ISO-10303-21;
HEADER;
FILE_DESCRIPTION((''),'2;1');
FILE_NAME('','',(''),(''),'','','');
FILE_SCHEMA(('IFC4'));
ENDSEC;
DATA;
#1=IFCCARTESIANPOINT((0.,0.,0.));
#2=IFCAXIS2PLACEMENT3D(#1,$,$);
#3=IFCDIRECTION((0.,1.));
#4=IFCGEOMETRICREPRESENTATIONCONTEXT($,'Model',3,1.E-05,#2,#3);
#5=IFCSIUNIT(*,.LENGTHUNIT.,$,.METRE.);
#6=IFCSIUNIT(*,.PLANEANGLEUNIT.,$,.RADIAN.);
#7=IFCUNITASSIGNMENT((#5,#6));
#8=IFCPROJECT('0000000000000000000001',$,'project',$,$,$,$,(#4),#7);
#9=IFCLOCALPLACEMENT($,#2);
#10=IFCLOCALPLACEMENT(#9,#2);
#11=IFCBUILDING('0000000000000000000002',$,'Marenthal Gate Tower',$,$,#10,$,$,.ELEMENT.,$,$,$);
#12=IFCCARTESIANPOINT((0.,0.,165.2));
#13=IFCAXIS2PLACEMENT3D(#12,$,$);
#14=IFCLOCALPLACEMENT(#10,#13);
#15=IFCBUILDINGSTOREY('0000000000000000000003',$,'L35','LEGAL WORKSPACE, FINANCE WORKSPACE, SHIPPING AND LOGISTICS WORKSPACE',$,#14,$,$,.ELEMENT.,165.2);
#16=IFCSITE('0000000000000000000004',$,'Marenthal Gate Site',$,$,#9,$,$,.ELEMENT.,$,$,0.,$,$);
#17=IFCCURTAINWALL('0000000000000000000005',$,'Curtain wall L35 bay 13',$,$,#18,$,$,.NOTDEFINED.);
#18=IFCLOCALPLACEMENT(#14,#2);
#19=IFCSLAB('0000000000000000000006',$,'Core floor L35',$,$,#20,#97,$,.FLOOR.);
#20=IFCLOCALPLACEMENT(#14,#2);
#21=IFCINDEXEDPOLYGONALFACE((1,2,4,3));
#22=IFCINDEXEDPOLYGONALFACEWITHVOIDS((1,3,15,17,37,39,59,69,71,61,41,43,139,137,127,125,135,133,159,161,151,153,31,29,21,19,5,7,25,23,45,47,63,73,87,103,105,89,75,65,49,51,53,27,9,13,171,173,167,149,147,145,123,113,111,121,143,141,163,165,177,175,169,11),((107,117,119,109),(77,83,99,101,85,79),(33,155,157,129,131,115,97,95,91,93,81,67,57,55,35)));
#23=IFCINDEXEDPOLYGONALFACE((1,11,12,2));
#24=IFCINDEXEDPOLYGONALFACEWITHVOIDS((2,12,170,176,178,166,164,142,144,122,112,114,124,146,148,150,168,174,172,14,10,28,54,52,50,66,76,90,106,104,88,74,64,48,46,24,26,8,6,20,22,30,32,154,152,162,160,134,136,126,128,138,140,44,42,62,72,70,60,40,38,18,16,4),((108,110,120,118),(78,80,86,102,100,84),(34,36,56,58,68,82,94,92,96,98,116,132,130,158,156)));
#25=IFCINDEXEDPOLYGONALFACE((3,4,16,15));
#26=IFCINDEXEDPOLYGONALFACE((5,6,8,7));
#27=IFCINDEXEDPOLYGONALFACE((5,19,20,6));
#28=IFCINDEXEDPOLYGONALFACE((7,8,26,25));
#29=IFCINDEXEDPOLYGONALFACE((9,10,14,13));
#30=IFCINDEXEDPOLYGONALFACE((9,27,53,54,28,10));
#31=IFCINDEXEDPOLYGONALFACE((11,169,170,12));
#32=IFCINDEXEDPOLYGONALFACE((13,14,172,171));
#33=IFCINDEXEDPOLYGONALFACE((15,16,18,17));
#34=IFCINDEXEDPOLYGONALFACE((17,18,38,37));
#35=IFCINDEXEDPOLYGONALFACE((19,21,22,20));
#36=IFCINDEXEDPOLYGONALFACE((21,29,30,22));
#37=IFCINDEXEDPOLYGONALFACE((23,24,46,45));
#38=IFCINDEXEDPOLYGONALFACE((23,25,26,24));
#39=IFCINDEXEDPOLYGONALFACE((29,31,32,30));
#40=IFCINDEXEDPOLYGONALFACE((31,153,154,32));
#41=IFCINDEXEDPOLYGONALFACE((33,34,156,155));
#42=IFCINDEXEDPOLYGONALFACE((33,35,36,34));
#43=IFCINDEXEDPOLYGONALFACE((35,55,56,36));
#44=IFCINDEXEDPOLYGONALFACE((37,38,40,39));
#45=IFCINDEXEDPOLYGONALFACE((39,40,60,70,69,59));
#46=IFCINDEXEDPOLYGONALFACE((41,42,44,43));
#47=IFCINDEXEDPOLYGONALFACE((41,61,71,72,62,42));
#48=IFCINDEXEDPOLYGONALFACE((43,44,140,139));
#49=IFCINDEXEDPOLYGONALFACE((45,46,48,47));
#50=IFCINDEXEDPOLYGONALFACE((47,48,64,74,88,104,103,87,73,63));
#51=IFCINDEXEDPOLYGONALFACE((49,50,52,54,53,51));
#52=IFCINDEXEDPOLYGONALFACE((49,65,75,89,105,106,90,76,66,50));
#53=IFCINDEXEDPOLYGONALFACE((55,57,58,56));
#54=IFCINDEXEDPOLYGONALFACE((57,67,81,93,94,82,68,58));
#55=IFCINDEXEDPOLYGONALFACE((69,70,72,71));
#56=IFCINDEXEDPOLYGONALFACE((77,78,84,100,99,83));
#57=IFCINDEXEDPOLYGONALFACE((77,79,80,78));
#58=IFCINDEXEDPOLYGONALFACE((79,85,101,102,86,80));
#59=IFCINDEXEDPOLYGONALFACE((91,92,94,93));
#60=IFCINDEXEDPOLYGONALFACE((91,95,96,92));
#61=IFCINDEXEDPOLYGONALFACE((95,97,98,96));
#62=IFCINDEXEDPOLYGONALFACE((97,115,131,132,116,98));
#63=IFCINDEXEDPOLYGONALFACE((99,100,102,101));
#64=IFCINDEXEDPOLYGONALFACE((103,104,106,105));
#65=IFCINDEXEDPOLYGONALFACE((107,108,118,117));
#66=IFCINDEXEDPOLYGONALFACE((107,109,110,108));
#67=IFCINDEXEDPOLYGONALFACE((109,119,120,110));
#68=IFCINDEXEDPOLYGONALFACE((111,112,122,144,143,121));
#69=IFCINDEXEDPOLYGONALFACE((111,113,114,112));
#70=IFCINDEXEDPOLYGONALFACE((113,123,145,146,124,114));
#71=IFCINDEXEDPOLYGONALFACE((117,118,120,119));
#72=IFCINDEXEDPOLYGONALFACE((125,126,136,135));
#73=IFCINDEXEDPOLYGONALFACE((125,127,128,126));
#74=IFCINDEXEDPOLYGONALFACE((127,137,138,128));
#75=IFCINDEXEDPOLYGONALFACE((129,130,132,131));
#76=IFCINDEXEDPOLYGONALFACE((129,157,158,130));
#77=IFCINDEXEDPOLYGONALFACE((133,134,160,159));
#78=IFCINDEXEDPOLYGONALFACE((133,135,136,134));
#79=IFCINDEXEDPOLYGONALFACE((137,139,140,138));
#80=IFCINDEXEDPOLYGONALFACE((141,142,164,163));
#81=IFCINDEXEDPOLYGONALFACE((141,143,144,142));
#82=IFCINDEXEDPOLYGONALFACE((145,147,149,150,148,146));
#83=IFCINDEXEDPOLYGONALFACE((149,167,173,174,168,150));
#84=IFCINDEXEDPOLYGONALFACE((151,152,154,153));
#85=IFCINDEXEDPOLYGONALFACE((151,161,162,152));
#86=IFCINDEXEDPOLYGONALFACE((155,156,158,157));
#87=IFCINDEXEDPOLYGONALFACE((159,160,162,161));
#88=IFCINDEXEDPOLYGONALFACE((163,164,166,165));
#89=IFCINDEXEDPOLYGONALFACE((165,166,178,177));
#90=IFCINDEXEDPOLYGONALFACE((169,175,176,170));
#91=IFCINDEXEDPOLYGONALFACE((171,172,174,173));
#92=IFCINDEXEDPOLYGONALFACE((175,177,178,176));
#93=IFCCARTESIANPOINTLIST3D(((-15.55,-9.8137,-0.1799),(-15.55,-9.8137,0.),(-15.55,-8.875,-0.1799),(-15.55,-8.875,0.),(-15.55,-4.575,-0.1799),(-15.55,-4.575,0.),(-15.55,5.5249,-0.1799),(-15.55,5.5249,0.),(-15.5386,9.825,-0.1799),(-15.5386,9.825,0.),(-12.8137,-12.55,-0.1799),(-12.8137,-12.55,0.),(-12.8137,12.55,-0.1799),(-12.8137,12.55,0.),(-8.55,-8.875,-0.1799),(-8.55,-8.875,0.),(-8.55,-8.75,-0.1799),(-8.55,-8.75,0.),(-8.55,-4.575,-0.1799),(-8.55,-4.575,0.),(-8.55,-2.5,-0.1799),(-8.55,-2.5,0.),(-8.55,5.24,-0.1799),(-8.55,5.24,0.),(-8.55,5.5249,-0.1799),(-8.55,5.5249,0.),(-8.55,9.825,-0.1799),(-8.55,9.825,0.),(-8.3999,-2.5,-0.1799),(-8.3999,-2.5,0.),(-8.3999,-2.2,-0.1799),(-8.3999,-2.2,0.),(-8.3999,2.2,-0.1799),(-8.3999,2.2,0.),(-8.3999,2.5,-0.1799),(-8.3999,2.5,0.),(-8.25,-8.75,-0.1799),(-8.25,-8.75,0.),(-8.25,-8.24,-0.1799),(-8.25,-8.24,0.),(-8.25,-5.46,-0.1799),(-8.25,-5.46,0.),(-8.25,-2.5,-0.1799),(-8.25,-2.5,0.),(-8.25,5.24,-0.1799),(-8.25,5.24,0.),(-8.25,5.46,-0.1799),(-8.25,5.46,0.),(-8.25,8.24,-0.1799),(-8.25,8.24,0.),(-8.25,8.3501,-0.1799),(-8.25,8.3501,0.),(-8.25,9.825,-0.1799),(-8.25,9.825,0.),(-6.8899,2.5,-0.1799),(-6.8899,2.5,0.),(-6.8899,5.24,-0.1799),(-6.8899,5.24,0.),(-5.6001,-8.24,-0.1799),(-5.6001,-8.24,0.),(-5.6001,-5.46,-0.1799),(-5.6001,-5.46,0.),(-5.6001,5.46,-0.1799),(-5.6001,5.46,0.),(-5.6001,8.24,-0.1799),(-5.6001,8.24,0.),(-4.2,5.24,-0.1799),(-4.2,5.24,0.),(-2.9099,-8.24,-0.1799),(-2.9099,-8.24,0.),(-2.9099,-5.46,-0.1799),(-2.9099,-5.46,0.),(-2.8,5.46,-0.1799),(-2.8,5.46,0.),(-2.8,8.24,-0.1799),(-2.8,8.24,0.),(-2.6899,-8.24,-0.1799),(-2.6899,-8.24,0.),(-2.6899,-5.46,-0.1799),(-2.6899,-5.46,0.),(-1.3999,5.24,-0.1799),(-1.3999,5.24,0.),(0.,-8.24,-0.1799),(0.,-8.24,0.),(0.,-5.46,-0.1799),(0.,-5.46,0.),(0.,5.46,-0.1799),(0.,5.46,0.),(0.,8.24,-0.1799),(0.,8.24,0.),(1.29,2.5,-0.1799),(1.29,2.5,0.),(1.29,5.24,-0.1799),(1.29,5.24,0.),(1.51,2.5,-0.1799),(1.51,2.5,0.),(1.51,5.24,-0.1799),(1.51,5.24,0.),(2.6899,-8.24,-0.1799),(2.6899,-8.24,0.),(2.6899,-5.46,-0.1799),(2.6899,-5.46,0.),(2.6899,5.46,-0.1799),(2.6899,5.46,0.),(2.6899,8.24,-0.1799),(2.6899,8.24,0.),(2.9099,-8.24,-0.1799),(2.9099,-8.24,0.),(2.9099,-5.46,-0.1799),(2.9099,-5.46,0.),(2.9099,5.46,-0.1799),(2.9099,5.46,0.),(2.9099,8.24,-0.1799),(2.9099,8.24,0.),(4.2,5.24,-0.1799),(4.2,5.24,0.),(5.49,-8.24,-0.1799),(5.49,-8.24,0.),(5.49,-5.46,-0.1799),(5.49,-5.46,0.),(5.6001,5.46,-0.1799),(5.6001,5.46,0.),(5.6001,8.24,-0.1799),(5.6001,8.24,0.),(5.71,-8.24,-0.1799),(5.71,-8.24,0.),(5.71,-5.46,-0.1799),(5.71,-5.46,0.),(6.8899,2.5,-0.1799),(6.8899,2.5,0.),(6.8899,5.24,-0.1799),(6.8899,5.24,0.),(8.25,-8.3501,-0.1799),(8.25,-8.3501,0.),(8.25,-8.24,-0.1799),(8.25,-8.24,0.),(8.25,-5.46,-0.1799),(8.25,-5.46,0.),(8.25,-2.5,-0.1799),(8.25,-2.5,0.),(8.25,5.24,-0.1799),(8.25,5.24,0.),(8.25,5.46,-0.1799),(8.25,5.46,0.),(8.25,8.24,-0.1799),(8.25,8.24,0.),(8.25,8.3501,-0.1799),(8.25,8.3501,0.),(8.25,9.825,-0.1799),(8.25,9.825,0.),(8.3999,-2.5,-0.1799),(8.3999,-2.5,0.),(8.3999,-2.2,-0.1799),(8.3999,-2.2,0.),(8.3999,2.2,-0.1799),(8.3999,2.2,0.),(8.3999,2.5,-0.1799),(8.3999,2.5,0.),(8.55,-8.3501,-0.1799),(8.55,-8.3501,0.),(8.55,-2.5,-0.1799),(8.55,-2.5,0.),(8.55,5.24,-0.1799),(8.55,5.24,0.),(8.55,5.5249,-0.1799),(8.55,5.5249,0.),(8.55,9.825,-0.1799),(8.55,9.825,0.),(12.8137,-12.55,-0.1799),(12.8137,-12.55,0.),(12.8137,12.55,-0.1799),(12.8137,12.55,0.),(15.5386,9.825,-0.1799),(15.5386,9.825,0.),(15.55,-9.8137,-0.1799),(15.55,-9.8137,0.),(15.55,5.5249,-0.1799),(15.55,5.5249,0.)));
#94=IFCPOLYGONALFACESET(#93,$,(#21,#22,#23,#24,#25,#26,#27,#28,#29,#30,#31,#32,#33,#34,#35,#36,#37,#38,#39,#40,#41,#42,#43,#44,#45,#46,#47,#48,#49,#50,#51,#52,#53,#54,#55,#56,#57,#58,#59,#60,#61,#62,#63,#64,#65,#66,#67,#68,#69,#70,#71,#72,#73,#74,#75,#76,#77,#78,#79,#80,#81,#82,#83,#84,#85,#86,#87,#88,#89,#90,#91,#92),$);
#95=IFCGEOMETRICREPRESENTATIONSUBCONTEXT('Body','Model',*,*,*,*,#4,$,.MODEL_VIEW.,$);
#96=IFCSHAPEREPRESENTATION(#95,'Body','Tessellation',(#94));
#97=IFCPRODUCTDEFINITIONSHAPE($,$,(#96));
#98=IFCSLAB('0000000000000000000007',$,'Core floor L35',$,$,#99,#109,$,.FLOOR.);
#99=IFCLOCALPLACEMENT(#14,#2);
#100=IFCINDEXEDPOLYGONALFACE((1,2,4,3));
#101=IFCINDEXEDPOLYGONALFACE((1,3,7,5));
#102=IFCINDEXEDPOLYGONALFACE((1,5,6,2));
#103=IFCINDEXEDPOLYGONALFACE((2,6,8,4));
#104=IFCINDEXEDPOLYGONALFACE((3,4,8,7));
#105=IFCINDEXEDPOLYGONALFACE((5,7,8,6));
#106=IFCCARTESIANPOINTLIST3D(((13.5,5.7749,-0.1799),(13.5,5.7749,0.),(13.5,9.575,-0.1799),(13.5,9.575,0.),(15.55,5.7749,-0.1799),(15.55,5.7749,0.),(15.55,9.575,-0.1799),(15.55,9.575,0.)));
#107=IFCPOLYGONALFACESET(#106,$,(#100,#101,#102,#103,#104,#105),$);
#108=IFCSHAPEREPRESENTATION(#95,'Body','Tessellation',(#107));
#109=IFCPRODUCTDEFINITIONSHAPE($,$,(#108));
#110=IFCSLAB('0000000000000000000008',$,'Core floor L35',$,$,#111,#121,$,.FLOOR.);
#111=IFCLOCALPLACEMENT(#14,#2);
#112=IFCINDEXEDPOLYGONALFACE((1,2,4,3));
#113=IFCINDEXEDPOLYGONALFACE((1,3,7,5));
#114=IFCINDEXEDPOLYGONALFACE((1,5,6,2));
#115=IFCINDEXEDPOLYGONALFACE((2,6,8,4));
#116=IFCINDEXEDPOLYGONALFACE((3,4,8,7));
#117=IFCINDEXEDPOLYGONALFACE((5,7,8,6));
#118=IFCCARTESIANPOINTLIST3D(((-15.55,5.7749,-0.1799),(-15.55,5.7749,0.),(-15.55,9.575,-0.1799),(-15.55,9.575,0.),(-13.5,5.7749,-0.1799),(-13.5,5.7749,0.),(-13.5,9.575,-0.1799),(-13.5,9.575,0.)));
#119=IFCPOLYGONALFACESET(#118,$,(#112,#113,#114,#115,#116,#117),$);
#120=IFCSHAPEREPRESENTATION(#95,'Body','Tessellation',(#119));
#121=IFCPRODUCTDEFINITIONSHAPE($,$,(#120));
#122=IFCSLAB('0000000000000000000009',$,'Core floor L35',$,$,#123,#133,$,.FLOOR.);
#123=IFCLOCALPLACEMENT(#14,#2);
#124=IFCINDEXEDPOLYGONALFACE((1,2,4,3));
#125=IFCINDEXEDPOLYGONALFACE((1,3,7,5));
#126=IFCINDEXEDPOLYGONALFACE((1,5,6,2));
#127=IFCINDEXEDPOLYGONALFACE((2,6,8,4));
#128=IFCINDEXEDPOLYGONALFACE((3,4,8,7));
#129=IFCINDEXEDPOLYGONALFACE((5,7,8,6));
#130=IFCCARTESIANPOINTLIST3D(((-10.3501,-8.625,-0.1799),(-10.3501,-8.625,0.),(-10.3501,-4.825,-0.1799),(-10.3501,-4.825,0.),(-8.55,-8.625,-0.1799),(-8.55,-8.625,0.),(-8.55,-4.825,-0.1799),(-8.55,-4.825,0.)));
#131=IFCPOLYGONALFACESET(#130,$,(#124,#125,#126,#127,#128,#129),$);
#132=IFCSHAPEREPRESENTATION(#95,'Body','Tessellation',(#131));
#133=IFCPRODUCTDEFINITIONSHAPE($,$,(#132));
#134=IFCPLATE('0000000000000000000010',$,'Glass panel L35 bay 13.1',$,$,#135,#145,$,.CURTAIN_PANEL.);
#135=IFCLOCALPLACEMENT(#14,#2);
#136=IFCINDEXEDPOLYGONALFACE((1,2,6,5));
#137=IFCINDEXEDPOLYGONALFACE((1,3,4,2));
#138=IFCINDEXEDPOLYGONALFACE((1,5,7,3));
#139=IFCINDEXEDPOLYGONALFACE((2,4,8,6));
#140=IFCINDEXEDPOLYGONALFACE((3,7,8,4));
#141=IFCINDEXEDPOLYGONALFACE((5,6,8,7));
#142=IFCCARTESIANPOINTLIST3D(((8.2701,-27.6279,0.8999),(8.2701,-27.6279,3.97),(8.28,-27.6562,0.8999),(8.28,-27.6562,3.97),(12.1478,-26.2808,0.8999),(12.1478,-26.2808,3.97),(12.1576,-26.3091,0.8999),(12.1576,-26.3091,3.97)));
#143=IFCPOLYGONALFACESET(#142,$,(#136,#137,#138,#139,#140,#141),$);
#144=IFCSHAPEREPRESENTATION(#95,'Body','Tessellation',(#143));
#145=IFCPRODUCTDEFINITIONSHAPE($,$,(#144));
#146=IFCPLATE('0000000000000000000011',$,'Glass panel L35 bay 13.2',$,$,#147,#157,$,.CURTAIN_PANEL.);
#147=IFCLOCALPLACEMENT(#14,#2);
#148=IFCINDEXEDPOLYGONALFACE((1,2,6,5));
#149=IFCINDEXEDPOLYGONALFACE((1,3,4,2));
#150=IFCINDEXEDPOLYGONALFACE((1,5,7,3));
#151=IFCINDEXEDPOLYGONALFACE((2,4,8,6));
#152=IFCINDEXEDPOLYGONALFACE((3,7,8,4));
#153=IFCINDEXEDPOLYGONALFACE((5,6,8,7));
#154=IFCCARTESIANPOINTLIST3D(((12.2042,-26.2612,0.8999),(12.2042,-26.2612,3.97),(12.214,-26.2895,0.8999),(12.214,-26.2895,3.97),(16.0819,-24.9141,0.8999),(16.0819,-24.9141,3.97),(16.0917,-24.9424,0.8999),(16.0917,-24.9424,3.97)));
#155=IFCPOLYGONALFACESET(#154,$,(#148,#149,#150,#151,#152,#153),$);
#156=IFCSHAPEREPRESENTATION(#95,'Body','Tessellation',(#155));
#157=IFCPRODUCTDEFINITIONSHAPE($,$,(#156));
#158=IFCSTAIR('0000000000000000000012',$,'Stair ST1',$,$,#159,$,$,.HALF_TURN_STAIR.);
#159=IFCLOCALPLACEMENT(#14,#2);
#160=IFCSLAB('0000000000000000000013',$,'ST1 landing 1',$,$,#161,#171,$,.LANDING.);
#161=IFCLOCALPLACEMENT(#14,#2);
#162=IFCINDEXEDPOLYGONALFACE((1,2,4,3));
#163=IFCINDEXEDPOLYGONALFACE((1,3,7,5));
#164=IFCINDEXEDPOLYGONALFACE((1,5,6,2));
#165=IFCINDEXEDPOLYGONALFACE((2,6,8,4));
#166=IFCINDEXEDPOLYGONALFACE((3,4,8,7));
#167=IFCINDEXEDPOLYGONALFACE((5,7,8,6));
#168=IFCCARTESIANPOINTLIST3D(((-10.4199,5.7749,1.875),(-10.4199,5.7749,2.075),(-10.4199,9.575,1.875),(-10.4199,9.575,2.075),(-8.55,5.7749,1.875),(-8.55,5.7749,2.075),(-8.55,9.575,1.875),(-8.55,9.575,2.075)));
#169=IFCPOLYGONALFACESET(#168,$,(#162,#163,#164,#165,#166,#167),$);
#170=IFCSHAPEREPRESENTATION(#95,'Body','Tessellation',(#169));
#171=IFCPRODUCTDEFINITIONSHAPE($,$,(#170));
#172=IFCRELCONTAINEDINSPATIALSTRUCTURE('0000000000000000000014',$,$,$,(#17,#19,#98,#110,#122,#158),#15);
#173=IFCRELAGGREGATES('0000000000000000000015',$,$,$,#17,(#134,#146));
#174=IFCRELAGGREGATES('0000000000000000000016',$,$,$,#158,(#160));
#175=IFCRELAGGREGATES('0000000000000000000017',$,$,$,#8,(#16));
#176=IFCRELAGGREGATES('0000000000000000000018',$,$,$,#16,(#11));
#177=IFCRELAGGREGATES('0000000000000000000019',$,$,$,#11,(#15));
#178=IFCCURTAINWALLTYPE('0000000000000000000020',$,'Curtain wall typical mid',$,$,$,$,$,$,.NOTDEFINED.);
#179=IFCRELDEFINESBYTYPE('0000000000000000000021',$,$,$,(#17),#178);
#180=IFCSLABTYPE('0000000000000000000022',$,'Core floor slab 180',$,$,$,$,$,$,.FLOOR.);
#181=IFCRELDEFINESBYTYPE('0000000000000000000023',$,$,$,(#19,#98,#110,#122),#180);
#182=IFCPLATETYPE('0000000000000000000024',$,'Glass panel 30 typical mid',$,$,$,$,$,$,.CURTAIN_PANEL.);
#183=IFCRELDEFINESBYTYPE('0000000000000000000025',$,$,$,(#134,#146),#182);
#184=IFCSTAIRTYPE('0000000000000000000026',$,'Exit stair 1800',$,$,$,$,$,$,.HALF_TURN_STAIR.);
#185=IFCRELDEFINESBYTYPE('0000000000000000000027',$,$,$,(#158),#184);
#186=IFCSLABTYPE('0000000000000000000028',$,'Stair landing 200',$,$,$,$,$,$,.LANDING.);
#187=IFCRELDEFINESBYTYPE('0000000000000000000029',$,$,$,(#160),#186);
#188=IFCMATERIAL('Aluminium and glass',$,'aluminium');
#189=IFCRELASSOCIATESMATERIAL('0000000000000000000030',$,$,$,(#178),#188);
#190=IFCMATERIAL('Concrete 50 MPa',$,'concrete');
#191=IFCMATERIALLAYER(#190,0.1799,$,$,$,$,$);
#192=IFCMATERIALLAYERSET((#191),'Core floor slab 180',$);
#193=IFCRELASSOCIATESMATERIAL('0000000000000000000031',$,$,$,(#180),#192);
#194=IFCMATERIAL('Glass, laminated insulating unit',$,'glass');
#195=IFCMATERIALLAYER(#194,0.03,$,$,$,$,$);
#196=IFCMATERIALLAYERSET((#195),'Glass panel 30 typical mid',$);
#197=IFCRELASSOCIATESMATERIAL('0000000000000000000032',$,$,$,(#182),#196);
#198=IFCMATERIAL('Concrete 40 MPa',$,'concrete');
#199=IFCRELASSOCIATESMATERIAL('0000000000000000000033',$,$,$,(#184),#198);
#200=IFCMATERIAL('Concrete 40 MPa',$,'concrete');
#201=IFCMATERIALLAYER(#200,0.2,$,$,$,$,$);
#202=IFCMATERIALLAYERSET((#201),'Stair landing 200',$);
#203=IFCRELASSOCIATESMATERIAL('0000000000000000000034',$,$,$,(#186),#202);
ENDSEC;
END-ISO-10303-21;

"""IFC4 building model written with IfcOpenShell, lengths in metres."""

from ifc_helpers import new_model, si_unit, direction, frame, origin, origin_2d, place, context, subcontext, project, spatial, polyline, rectangle, outline, extrude, material, layer, layer_set, type_object, element, aggregate, save


model = new_model("IFC4")

# Units and contexts
model_context = context("Model", 3, precision=1e-05, world=origin(), true_north=direction((0.0, 1.0)))
body_context = subcontext(model_context, "Body", "Model", "MODEL_VIEW")
ifc_project = project(units=[si_unit("LENGTHUNIT", "METRE"), si_unit("PLANEANGLEUNIT", "RADIAN")], contexts=[model_context])

# Site, building, storey
site_placement = place(None, origin())
site = spatial("IfcSite", under=ifc_project, at=site_placement, Name="Marenthal Gate Site", CompositionType="ELEMENT", RefElevation=0.0)
building_placement = place(site_placement, origin())
building = spatial("IfcBuilding", under=site, at=building_placement, Name="Marenthal Gate Tower", CompositionType="ELEMENT")
storey_placement = place(building_placement, frame((0.0, 0.0, 165.2)))
storey = spatial("IfcBuildingStorey", under=building, at=storey_placement, Name="L35", Description="LEGAL WORKSPACE, FINANCE WORKSPACE, SHIPPING AND LOGISTICS WORKSPACE", CompositionType="ELEMENT", Elevation=165.2)

# Curtain wall
ifc_material_1 = material(Name="Aluminium and glass", Category="aluminium")
curtain_wall_type = type_object("IfcCurtainWallType", Name="Curtain wall typical mid", PredefinedType="NOTDEFINED", material=ifc_material_1)
curtain_wall_placement = place(storey_placement, origin())
curtain_wall = element("IfcCurtainWall", 1, at=curtain_wall_placement, inside=storey, type_object=curtain_wall_type, Name="Curtain wall L35 bay 13", PredefinedType="NOTDEFINED")

# Slabs
ifc_material_2 = material(Name="Concrete 50 MPa", Category="concrete")
ifc_layer_1 = layer(ifc_material_2, 0.1799)
ifc_layer_set_1 = layer_set([ifc_layer_1], Name="Core floor slab 180")
slab_type_1 = type_object("IfcSlabType", Name="Core floor slab 180", PredefinedType="FLOOR", material=ifc_layer_set_1)
slab_1_placement = place(storey_placement, frame((0.0, 0.0, -0.1799)))
element("IfcSlab", 2, at=slab_1_placement, inside=storey, type_object=slab_type_1, Name="Core floor L35", PredefinedType="FLOOR", context=body_context, shape_type="SweptSolid", body=[
    extrude(outline(polyline([(12.8137, -12.55), (-12.8137, -12.55), (-15.55, -9.8137), (-15.55, -8.875), (-8.55, -8.875), (-8.55, -8.75), (-8.25, -8.75), (-8.25, -8.24), (-5.6001, -8.24), (-2.9099, -8.24), (-2.9099, -5.46), (-5.6001, -5.46), (-8.25, -5.46), (-8.25, -2.5), (8.25, -2.5), (8.25, -5.46), (5.71, -5.46), (5.71, -8.24), (8.25, -8.24), (8.25, -8.3501), (8.55, -8.3501), (8.55, -2.5), (8.3999, -2.5), (8.3999, -2.2), (-8.3999, -2.2), (-8.3999, -2.5), (-8.55, -2.5), (-8.55, -4.575), (-15.55, -4.575), (-15.55, 5.5249), (-8.55, 5.5249), (-8.55, 5.24), (-8.25, 5.24), (-8.25, 5.46), (-5.6001, 5.46), (-2.8, 5.46), (0.0, 5.46), (2.6899, 5.46), (2.6899, 8.24), (0.0, 8.24), (-2.8, 8.24), (-5.6001, 8.24), (-8.25, 8.24), (-8.25, 8.3501), (-8.25, 9.825), (-8.55, 9.825), (-15.5386, 9.825), (-12.8137, 12.55), (12.8137, 12.55), (15.5386, 9.825), (8.55, 9.825), (8.25, 9.825), (8.25, 8.3501), (8.25, 8.24), (5.6001, 8.24), (2.9099, 8.24), (2.9099, 5.46), (5.6001, 5.46), (8.25, 5.46), (8.25, 5.24), (8.55, 5.24), (8.55, 5.5249), (15.55, 5.5249), (15.55, -9.8137), (12.8137, -12.55)]), holes=[polyline([(2.6899, -8.24), (2.6899, -5.46), (0.0, -5.46), (-2.6899, -5.46), (-2.6899, -8.24), (0.0, -8.24), (2.6899, -8.24)]), polyline([(-6.8899, 5.24), (-6.8899, 2.5), (-8.3999, 2.5), (-8.3999, 2.2), (8.3999, 2.2), (8.3999, 2.5), (6.8899, 2.5), (6.8899, 5.24), (4.2, 5.24), (1.51, 5.24), (1.51, 2.5), (1.29, 2.5), (1.29, 5.24), (-1.3999, 5.24), (-4.2, 5.24), (-6.8899, 5.24)]), polyline([(5.49, -8.24), (5.49, -5.46), (2.9099, -5.46), (2.9099, -8.24), (5.49, -8.24)])]), origin(), (0.0, 0.0, 1.0), 0.1799),
])
slab_2_placement = place(storey_placement, frame((0.0, 0.0, -0.1799)))
element("IfcSlab", 3, at=slab_2_placement, inside=storey, type_object=slab_type_1, Name="Core floor L35", PredefinedType="FLOOR", context=body_context, shape_type="SweptSolid", body=[
    extrude(outline(polyline([(15.55, 5.7749), (13.5, 5.7749), (13.5, 9.575), (15.55, 9.575), (15.55, 5.7749)])), origin(), (0.0, 0.0, 1.0), 0.1799),
])
slab_3_placement = place(storey_placement, frame((0.0, 0.0, -0.1799)))
element("IfcSlab", 4, at=slab_3_placement, inside=storey, type_object=slab_type_1, Name="Core floor L35", PredefinedType="FLOOR", context=body_context, shape_type="SweptSolid", body=[
    extrude(outline(polyline([(-15.55, 9.575), (-13.5, 9.575), (-13.5, 5.7749), (-15.55, 5.7749), (-15.55, 9.575)])), origin(), (0.0, 0.0, 1.0), 0.1799),
])
slab_4_placement = place(storey_placement, frame((0.0, 0.0, -0.1799)))
element("IfcSlab", 5, at=slab_4_placement, inside=storey, type_object=slab_type_1, Name="Core floor L35", PredefinedType="FLOOR", context=body_context, shape_type="SweptSolid", body=[
    extrude(outline(polyline([(-8.55, -8.625), (-10.3501, -8.625), (-10.3501, -4.825), (-8.55, -4.825), (-8.55, -8.625)])), origin(), (0.0, 0.0, 1.0), 0.1799),
])

# Plates
ifc_material_3 = material(Name="Glass, laminated insulating unit", Category="glass")
ifc_layer_2 = layer(ifc_material_3, 0.03)
ifc_layer_set_2 = layer_set([ifc_layer_2], Name="Glass panel 30 typical mid")
plate_type = type_object("IfcPlateType", Name="Glass panel 30 typical mid", PredefinedType="CURTAIN_PANEL", material=ifc_layer_set_2)
plate_1_placement = place(storey_placement, frame((10.2139, -26.9685, 0.8999), z_axis=(0.0, 0.0, 1.0), x_axis=(0.944623, 0.328158, 0.0)))
plate_1 = element("IfcPlate", 6, at=plate_1_placement, type_object=plate_type, Name="Glass panel L35 bay 13.1", PredefinedType="CURTAIN_PANEL", context=body_context, shape_type="SweptSolid", body=[
    extrude(rectangle(XDim=4.105, YDim=0.03, at=origin_2d()), origin(), (0.0, 0.0, 1.0), 3.0701),
])
plate_2_placement = place(storey_placement, frame((14.1479, -25.6018, 0.8999), z_axis=(0.0, 0.0, 1.0), x_axis=(0.944623, 0.328158, 0.0)))
plate_2 = element("IfcPlate", 7, at=plate_2_placement, type_object=plate_type, Name="Glass panel L35 bay 13.2", PredefinedType="CURTAIN_PANEL", context=body_context, shape_type="SweptSolid", body=[
    extrude(rectangle(XDim=4.105, YDim=0.03, at=origin_2d()), origin(), (0.0, 0.0, 1.0), 3.0701),
])
aggregate(curtain_wall, [plate_1, plate_2])

# Stair, slab
ifc_material_4 = material(Name="Concrete 40 MPa", Category="concrete")
stair_type = type_object("IfcStairType", Name="Exit stair 1800", PredefinedType="HALF_TURN_STAIR", material=ifc_material_4)
stair_1_placement = place(storey_placement, origin())
stair_1 = element("IfcStair", 8, at=stair_1_placement, inside=storey, type_object=stair_type, Name="Stair ST1", PredefinedType="HALF_TURN_STAIR")
ifc_material_5 = material(Name="Concrete 40 MPa", Category="concrete")
ifc_layer_3 = layer(ifc_material_5, 0.2)
ifc_layer_set_3 = layer_set([ifc_layer_3], Name="Stair landing 200")
slab_type_2 = type_object("IfcSlabType", Name="Stair landing 200", PredefinedType="LANDING", material=ifc_layer_set_3)
slab_5_placement = place(storey_placement, frame((0.0, 0.0, 1.875)))
slab_5 = element("IfcSlab", 9, at=slab_5_placement, type_object=slab_type_2, Name="ST1 landing 1", PredefinedType="LANDING", context=body_context, shape_type="SweptSolid", body=[
    extrude(outline(polyline([(-10.4199, 5.7749), (-8.55, 5.7749), (-8.55, 9.575), (-10.4199, 9.575), (-10.4199, 5.7749)])), origin(), (0.0, 0.0, 1.0), 0.2),
])
aggregate(stair_1, [slab_5])

save(model, "model.ifc")
